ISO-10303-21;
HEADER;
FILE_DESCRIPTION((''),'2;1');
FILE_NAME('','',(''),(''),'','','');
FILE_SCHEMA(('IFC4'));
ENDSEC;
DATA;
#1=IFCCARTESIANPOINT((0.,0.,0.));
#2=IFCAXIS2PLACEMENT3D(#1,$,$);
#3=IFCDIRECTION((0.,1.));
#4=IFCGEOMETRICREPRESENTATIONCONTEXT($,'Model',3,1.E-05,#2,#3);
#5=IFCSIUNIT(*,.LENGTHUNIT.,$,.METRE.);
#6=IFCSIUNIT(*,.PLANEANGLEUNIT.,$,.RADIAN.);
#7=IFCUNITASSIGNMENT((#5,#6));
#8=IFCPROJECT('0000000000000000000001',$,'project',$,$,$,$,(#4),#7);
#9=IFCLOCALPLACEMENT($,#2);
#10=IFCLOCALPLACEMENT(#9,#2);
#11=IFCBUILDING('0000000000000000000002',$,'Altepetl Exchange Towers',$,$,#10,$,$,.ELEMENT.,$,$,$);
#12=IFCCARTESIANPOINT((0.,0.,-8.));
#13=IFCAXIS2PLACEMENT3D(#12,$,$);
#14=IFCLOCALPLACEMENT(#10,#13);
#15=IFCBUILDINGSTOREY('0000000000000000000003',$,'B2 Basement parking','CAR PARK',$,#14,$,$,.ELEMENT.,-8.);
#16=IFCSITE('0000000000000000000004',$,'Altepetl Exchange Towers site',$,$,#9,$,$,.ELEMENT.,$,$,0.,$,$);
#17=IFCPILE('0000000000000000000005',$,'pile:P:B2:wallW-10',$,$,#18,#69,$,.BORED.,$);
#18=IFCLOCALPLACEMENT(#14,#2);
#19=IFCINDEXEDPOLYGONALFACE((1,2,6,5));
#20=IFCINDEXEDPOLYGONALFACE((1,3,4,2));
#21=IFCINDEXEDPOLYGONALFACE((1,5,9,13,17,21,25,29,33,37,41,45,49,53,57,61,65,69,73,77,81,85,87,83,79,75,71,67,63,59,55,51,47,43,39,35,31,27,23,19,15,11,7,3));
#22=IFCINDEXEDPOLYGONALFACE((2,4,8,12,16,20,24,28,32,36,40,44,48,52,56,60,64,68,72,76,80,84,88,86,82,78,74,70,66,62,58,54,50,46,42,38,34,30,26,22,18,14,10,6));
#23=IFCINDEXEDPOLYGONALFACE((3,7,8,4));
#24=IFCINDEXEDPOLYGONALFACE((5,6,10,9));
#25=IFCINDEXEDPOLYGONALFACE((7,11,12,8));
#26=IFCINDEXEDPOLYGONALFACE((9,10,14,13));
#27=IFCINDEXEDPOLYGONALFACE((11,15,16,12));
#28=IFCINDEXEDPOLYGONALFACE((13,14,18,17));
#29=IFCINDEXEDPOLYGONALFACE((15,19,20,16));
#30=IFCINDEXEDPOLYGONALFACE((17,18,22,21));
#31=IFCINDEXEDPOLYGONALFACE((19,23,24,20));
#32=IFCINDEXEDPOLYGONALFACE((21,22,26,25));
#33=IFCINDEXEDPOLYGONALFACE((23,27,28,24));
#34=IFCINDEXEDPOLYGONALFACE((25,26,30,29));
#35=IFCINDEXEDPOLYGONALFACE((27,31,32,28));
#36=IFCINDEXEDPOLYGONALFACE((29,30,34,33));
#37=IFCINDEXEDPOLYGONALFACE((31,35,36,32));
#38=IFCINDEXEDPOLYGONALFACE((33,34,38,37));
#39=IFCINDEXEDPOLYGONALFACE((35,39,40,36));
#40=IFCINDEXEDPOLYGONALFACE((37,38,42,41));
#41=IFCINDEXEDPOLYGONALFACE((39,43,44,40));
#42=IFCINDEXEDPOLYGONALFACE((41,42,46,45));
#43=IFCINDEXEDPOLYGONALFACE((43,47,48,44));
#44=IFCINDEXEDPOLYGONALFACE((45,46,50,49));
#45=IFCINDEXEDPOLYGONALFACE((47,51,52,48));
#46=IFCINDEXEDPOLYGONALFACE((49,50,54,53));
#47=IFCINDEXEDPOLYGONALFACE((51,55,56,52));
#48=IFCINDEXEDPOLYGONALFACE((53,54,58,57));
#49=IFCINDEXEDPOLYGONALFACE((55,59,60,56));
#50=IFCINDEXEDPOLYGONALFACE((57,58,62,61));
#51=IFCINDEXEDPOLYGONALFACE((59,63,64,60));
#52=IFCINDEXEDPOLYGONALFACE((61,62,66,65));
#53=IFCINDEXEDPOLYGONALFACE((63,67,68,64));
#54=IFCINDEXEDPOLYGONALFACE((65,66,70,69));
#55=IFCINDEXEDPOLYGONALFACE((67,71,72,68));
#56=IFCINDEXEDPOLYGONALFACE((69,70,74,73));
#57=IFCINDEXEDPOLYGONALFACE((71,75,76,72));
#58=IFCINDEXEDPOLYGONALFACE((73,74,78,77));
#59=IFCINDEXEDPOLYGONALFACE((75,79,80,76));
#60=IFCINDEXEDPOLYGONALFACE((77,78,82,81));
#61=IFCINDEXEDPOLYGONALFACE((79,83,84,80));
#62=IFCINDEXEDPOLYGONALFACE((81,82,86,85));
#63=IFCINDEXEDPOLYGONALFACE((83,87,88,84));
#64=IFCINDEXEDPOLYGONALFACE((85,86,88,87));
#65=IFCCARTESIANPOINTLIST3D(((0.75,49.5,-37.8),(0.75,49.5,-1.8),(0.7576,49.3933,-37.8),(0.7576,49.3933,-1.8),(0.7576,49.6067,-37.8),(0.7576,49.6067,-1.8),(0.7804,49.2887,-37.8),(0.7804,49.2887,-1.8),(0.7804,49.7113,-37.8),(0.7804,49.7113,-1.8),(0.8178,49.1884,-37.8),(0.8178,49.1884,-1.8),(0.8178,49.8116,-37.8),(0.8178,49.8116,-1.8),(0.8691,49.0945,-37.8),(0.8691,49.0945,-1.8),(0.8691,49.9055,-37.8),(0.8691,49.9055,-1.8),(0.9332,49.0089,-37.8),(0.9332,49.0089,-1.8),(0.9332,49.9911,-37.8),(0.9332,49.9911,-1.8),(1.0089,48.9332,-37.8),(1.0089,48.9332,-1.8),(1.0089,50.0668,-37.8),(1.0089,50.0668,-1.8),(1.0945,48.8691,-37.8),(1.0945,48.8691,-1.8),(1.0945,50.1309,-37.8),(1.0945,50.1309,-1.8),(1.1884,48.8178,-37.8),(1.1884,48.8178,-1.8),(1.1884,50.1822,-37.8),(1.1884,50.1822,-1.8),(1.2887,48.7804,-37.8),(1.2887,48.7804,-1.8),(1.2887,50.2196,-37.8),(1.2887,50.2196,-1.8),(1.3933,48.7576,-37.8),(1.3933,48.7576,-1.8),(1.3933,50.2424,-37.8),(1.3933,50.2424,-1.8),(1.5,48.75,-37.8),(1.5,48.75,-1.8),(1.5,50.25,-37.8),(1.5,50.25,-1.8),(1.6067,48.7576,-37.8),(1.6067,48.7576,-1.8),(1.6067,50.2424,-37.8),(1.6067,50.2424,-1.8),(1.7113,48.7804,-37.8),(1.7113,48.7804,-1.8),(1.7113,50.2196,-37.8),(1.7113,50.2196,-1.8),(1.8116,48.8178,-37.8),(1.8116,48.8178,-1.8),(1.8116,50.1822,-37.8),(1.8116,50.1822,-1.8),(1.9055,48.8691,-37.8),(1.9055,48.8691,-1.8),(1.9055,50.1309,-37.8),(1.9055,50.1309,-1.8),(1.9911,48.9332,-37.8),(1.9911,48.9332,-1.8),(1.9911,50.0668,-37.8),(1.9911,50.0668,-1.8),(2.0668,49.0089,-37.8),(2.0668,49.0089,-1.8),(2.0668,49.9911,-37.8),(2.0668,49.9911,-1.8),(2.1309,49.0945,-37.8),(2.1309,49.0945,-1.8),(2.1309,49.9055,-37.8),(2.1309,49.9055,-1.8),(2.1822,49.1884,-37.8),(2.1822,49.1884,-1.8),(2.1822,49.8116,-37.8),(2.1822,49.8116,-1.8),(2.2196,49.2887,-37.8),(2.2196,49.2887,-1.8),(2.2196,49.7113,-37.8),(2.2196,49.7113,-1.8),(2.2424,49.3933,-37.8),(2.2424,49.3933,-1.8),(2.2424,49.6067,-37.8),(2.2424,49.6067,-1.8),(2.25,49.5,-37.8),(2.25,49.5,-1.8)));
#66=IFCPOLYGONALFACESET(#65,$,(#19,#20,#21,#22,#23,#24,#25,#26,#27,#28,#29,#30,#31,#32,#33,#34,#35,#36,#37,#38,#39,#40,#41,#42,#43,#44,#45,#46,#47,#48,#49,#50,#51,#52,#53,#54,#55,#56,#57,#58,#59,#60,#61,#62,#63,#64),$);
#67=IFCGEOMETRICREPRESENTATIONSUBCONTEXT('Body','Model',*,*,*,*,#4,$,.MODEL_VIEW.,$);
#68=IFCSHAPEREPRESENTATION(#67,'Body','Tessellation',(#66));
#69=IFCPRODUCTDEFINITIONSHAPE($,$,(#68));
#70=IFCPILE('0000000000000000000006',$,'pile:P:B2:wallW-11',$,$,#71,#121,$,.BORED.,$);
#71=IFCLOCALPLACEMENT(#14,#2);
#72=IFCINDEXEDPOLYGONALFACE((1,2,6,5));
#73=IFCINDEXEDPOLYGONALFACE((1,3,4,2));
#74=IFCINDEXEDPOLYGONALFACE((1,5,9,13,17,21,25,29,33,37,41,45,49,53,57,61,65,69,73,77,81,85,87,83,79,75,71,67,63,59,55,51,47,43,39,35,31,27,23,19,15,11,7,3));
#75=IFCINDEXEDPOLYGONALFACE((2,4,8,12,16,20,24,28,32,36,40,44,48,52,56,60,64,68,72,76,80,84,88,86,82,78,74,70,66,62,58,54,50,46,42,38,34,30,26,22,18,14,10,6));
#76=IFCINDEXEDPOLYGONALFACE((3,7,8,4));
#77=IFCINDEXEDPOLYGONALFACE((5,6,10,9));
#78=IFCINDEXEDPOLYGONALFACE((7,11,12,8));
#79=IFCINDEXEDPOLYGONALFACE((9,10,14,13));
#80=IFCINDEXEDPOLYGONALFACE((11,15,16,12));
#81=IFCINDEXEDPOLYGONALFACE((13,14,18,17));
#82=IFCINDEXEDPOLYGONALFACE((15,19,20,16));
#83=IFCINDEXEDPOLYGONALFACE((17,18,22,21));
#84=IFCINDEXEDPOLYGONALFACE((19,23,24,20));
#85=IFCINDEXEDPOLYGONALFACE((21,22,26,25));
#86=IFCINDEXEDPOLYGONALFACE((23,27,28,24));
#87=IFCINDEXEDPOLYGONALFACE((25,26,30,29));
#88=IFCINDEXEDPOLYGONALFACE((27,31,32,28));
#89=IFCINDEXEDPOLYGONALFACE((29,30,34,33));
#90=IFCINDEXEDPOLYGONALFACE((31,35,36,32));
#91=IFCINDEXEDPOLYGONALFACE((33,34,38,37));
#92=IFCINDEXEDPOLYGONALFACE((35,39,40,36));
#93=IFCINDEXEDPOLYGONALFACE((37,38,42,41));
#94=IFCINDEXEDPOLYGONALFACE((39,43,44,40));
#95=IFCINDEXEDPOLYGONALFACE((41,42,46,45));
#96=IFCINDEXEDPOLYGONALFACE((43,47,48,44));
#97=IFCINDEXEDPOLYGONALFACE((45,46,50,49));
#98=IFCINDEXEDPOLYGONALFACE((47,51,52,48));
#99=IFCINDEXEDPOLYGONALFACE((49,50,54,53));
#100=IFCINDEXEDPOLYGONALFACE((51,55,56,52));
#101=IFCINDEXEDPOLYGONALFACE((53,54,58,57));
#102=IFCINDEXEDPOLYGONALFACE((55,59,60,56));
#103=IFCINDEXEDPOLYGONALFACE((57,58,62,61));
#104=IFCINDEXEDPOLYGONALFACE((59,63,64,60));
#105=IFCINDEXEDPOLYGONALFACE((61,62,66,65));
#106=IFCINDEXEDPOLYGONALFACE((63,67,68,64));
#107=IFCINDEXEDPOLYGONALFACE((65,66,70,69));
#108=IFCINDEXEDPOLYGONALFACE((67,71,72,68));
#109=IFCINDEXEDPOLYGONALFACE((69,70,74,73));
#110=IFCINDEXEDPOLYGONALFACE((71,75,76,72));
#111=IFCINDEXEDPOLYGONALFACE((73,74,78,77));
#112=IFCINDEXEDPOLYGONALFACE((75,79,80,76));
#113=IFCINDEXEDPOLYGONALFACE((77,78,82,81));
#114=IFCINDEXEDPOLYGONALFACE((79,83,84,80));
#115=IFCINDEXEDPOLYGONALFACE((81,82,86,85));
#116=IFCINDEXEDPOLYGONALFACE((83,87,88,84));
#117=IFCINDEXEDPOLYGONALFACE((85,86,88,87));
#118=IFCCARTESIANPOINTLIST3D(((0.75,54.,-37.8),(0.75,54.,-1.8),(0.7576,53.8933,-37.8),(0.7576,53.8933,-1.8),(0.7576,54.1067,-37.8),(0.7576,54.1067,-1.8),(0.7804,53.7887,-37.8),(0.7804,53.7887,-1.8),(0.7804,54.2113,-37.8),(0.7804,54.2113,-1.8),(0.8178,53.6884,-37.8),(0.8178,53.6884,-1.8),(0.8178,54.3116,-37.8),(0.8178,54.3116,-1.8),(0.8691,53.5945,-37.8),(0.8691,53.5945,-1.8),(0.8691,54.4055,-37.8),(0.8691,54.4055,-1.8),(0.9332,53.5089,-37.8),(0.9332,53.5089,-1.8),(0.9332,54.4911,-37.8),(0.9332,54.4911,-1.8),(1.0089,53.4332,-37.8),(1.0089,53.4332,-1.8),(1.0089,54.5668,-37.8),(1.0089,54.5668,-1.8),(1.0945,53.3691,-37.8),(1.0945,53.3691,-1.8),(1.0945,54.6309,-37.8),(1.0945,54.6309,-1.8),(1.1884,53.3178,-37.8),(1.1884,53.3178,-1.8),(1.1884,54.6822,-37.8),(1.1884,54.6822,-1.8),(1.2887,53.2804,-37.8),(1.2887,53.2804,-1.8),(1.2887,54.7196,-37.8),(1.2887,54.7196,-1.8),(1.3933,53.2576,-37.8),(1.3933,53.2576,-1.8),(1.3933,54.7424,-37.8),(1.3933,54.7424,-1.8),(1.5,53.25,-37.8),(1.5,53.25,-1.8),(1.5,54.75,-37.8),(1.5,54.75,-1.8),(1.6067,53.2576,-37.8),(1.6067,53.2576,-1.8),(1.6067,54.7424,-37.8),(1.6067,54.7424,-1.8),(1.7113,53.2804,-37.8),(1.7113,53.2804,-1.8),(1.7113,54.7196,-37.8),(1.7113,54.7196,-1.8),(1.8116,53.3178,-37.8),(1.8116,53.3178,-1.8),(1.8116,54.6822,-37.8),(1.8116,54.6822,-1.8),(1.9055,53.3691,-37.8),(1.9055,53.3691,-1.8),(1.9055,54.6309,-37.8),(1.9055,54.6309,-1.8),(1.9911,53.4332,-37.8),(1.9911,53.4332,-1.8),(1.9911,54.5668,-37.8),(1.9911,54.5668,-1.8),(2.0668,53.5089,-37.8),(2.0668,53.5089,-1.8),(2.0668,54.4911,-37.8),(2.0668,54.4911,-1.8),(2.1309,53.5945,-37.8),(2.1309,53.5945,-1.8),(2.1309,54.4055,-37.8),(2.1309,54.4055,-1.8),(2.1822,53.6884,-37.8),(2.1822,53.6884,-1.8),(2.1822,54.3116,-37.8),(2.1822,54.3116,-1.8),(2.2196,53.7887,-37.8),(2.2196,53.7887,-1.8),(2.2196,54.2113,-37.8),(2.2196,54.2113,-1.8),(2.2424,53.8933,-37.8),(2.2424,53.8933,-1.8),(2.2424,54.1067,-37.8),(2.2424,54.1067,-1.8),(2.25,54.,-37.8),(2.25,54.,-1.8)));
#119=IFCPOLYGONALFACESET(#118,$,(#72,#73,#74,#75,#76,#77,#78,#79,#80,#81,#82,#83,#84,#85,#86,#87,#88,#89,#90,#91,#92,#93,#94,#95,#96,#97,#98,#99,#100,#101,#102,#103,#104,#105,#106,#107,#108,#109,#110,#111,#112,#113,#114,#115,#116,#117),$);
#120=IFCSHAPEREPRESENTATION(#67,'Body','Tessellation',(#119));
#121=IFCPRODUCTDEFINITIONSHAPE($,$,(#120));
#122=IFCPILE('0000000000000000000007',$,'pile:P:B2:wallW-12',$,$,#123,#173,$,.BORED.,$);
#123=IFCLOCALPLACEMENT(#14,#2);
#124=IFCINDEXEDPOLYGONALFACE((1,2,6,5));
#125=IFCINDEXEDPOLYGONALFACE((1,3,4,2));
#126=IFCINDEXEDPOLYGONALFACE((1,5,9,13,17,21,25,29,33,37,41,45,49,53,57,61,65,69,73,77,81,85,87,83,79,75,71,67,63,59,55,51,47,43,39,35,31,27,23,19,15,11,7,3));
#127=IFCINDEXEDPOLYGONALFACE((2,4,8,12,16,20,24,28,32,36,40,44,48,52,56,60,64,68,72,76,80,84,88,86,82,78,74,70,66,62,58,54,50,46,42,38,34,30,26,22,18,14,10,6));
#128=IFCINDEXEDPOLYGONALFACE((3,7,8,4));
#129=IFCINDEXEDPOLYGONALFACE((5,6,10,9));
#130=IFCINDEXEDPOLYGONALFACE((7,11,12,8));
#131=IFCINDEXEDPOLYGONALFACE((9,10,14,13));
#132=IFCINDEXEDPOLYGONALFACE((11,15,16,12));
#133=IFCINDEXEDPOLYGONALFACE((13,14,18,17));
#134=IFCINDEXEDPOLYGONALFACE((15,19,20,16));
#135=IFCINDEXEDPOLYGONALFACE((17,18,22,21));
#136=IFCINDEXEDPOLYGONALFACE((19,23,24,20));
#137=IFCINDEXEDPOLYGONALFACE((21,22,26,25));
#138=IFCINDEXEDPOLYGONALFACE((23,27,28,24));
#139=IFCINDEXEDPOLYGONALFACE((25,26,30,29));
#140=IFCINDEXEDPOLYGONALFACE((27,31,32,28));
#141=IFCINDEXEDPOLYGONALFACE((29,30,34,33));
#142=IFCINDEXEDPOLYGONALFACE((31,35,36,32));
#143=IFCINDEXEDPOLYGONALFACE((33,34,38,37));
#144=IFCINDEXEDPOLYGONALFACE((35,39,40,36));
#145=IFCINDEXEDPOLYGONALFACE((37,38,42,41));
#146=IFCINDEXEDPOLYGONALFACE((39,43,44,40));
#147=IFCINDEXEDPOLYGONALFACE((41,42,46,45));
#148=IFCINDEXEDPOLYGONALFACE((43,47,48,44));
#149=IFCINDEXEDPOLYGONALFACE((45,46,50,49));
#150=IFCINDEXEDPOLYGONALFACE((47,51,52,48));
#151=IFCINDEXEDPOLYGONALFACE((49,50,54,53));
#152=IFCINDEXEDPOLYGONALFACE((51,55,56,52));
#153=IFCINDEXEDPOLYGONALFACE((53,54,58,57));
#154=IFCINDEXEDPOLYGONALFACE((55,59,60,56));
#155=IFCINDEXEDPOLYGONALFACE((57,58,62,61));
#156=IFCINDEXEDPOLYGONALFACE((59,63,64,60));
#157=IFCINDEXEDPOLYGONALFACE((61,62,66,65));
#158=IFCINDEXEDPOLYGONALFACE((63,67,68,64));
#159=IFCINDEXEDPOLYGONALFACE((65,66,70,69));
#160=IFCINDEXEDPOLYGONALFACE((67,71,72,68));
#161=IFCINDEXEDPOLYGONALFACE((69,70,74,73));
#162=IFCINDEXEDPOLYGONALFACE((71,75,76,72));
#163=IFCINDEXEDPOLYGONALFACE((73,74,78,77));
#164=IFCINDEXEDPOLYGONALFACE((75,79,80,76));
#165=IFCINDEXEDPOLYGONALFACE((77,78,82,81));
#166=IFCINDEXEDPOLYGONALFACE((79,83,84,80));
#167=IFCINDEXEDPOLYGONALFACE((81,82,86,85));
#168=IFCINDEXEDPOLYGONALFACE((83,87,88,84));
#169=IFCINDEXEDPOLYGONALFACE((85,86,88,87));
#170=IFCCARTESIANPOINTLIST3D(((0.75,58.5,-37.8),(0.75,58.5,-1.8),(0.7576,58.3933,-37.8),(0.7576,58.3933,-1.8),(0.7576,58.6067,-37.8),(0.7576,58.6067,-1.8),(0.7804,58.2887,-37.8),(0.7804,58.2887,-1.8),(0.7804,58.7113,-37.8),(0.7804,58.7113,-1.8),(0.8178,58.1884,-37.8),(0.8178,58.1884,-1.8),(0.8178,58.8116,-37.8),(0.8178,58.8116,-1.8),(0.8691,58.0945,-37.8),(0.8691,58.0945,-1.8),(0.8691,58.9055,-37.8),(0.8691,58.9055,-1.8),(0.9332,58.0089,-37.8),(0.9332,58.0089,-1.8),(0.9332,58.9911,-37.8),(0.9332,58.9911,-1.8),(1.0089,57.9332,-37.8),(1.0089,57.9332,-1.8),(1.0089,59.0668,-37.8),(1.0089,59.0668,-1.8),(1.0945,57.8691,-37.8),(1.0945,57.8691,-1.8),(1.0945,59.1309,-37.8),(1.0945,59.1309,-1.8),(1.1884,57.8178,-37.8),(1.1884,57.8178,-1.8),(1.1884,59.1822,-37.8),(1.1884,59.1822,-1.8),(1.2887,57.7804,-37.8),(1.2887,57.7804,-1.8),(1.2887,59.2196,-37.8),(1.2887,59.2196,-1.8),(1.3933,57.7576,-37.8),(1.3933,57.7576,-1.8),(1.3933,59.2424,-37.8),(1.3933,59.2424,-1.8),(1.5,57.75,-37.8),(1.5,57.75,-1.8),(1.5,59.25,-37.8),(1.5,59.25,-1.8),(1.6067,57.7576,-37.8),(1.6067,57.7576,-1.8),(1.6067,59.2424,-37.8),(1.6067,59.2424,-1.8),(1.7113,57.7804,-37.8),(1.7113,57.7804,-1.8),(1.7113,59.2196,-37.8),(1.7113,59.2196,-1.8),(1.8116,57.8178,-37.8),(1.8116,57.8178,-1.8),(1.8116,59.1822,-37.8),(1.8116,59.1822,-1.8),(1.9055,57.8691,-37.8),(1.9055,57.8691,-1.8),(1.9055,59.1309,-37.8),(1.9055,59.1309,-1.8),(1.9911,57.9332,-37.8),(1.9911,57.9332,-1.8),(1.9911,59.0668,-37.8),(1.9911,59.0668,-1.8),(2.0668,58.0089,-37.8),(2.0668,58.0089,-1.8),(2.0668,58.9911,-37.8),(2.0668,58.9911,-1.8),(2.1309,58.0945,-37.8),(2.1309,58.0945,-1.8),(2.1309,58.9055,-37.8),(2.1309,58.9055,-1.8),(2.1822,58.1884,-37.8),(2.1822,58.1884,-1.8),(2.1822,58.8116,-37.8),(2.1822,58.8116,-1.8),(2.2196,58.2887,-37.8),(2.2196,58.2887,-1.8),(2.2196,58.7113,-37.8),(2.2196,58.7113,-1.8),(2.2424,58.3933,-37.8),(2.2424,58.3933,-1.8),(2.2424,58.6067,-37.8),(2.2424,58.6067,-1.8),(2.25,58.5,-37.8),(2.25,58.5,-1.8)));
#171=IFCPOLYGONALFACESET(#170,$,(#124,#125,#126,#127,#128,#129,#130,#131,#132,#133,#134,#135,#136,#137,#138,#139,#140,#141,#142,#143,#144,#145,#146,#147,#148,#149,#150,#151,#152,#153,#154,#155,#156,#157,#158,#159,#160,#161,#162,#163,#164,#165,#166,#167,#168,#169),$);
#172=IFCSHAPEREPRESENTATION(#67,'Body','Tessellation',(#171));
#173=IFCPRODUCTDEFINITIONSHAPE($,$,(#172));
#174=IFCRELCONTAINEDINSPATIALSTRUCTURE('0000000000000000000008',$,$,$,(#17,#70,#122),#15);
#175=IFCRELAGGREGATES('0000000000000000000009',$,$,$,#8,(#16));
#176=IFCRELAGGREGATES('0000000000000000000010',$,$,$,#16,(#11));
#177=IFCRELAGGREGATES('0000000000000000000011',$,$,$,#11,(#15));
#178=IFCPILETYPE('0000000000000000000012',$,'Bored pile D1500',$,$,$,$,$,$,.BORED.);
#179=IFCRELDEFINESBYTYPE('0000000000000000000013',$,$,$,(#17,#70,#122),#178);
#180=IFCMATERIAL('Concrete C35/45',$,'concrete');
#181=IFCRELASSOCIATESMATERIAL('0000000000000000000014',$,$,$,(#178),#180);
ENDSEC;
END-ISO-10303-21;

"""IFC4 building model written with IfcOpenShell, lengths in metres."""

from ifc_helpers import new_model, si_unit, direction, frame, origin, origin_2d, place, context, subcontext, project, spatial, circle, extrude, material, material_profile, profile_set, type_object, element, save


model = new_model("IFC4")

# Units and contexts
model_context = context("Model", 3, precision=1e-05, world=origin(), true_north=direction((0.0, 1.0)))
body_context = subcontext(model_context, "Body", "Model", "MODEL_VIEW")
ifc_project = project(units=[si_unit("LENGTHUNIT", "METRE"), si_unit("PLANEANGLEUNIT", "RADIAN")], contexts=[model_context])

# Site, building, storey
site_placement = place(None, origin())
site = spatial("IfcSite", under=ifc_project, at=site_placement, Name="Altepetl Exchange Towers site", CompositionType="ELEMENT", RefElevation=0.0)
building_placement = place(site_placement, origin())
building = spatial("IfcBuilding", under=site, at=building_placement, Name="Altepetl Exchange Towers", CompositionType="ELEMENT")
storey_placement = place(building_placement, frame((0.0, 0.0, -8.0)))
storey = spatial("IfcBuildingStorey", under=building, at=storey_placement, Name="B2 Basement parking", Description="CAR PARK", CompositionType="ELEMENT", Elevation=-8.0)

# Piles
ifc_material_1 = material(Name="Concrete C35/45", Category="concrete")
ifc_material_profile_1 = material_profile(ifc_material_1, circle(Radius=0.75, at=origin_2d()), Name="D1500")
ifc_profile_set_1 = profile_set([ifc_material_profile_1], Name="Concrete C35/45")
pile_type_1 = type_object("IfcPileType", Name="Bored pile D1500", PredefinedType="BORED", material=ifc_profile_set_1)
for number, where, z_axis, x_axis, name in (
    (1, (1.5, 49.5, -1.8), (0.0, 0.0, -1.0), (1.0, 0.0, 0.0), "pile:P:B2:wallW-10"),
    (2, (1.5, 54.0, -1.8), (0.0, 0.0, -1.0), (1.0, 0.0, 0.0), "pile:P:B2:wallW-11"),
    (3, (1.5, 58.5, -1.8), (0.0, 0.0, -1.0), (1.0, 0.0, 0.0), "pile:P:B2:wallW-12"),
):
    element("IfcPile", number, at=place(storey_placement, frame(where, z_axis=z_axis, x_axis=x_axis)), inside=storey, type_object=pile_type_1, Name=name, PredefinedType="BORED", context=body_context, shape_type="SweptSolid", body=[
        extrude(circle(Radius=0.75, at=origin_2d()), origin(), (0.0, 0.0, 1.0), 36.0),
    ])

save(model, "model.ifc")
